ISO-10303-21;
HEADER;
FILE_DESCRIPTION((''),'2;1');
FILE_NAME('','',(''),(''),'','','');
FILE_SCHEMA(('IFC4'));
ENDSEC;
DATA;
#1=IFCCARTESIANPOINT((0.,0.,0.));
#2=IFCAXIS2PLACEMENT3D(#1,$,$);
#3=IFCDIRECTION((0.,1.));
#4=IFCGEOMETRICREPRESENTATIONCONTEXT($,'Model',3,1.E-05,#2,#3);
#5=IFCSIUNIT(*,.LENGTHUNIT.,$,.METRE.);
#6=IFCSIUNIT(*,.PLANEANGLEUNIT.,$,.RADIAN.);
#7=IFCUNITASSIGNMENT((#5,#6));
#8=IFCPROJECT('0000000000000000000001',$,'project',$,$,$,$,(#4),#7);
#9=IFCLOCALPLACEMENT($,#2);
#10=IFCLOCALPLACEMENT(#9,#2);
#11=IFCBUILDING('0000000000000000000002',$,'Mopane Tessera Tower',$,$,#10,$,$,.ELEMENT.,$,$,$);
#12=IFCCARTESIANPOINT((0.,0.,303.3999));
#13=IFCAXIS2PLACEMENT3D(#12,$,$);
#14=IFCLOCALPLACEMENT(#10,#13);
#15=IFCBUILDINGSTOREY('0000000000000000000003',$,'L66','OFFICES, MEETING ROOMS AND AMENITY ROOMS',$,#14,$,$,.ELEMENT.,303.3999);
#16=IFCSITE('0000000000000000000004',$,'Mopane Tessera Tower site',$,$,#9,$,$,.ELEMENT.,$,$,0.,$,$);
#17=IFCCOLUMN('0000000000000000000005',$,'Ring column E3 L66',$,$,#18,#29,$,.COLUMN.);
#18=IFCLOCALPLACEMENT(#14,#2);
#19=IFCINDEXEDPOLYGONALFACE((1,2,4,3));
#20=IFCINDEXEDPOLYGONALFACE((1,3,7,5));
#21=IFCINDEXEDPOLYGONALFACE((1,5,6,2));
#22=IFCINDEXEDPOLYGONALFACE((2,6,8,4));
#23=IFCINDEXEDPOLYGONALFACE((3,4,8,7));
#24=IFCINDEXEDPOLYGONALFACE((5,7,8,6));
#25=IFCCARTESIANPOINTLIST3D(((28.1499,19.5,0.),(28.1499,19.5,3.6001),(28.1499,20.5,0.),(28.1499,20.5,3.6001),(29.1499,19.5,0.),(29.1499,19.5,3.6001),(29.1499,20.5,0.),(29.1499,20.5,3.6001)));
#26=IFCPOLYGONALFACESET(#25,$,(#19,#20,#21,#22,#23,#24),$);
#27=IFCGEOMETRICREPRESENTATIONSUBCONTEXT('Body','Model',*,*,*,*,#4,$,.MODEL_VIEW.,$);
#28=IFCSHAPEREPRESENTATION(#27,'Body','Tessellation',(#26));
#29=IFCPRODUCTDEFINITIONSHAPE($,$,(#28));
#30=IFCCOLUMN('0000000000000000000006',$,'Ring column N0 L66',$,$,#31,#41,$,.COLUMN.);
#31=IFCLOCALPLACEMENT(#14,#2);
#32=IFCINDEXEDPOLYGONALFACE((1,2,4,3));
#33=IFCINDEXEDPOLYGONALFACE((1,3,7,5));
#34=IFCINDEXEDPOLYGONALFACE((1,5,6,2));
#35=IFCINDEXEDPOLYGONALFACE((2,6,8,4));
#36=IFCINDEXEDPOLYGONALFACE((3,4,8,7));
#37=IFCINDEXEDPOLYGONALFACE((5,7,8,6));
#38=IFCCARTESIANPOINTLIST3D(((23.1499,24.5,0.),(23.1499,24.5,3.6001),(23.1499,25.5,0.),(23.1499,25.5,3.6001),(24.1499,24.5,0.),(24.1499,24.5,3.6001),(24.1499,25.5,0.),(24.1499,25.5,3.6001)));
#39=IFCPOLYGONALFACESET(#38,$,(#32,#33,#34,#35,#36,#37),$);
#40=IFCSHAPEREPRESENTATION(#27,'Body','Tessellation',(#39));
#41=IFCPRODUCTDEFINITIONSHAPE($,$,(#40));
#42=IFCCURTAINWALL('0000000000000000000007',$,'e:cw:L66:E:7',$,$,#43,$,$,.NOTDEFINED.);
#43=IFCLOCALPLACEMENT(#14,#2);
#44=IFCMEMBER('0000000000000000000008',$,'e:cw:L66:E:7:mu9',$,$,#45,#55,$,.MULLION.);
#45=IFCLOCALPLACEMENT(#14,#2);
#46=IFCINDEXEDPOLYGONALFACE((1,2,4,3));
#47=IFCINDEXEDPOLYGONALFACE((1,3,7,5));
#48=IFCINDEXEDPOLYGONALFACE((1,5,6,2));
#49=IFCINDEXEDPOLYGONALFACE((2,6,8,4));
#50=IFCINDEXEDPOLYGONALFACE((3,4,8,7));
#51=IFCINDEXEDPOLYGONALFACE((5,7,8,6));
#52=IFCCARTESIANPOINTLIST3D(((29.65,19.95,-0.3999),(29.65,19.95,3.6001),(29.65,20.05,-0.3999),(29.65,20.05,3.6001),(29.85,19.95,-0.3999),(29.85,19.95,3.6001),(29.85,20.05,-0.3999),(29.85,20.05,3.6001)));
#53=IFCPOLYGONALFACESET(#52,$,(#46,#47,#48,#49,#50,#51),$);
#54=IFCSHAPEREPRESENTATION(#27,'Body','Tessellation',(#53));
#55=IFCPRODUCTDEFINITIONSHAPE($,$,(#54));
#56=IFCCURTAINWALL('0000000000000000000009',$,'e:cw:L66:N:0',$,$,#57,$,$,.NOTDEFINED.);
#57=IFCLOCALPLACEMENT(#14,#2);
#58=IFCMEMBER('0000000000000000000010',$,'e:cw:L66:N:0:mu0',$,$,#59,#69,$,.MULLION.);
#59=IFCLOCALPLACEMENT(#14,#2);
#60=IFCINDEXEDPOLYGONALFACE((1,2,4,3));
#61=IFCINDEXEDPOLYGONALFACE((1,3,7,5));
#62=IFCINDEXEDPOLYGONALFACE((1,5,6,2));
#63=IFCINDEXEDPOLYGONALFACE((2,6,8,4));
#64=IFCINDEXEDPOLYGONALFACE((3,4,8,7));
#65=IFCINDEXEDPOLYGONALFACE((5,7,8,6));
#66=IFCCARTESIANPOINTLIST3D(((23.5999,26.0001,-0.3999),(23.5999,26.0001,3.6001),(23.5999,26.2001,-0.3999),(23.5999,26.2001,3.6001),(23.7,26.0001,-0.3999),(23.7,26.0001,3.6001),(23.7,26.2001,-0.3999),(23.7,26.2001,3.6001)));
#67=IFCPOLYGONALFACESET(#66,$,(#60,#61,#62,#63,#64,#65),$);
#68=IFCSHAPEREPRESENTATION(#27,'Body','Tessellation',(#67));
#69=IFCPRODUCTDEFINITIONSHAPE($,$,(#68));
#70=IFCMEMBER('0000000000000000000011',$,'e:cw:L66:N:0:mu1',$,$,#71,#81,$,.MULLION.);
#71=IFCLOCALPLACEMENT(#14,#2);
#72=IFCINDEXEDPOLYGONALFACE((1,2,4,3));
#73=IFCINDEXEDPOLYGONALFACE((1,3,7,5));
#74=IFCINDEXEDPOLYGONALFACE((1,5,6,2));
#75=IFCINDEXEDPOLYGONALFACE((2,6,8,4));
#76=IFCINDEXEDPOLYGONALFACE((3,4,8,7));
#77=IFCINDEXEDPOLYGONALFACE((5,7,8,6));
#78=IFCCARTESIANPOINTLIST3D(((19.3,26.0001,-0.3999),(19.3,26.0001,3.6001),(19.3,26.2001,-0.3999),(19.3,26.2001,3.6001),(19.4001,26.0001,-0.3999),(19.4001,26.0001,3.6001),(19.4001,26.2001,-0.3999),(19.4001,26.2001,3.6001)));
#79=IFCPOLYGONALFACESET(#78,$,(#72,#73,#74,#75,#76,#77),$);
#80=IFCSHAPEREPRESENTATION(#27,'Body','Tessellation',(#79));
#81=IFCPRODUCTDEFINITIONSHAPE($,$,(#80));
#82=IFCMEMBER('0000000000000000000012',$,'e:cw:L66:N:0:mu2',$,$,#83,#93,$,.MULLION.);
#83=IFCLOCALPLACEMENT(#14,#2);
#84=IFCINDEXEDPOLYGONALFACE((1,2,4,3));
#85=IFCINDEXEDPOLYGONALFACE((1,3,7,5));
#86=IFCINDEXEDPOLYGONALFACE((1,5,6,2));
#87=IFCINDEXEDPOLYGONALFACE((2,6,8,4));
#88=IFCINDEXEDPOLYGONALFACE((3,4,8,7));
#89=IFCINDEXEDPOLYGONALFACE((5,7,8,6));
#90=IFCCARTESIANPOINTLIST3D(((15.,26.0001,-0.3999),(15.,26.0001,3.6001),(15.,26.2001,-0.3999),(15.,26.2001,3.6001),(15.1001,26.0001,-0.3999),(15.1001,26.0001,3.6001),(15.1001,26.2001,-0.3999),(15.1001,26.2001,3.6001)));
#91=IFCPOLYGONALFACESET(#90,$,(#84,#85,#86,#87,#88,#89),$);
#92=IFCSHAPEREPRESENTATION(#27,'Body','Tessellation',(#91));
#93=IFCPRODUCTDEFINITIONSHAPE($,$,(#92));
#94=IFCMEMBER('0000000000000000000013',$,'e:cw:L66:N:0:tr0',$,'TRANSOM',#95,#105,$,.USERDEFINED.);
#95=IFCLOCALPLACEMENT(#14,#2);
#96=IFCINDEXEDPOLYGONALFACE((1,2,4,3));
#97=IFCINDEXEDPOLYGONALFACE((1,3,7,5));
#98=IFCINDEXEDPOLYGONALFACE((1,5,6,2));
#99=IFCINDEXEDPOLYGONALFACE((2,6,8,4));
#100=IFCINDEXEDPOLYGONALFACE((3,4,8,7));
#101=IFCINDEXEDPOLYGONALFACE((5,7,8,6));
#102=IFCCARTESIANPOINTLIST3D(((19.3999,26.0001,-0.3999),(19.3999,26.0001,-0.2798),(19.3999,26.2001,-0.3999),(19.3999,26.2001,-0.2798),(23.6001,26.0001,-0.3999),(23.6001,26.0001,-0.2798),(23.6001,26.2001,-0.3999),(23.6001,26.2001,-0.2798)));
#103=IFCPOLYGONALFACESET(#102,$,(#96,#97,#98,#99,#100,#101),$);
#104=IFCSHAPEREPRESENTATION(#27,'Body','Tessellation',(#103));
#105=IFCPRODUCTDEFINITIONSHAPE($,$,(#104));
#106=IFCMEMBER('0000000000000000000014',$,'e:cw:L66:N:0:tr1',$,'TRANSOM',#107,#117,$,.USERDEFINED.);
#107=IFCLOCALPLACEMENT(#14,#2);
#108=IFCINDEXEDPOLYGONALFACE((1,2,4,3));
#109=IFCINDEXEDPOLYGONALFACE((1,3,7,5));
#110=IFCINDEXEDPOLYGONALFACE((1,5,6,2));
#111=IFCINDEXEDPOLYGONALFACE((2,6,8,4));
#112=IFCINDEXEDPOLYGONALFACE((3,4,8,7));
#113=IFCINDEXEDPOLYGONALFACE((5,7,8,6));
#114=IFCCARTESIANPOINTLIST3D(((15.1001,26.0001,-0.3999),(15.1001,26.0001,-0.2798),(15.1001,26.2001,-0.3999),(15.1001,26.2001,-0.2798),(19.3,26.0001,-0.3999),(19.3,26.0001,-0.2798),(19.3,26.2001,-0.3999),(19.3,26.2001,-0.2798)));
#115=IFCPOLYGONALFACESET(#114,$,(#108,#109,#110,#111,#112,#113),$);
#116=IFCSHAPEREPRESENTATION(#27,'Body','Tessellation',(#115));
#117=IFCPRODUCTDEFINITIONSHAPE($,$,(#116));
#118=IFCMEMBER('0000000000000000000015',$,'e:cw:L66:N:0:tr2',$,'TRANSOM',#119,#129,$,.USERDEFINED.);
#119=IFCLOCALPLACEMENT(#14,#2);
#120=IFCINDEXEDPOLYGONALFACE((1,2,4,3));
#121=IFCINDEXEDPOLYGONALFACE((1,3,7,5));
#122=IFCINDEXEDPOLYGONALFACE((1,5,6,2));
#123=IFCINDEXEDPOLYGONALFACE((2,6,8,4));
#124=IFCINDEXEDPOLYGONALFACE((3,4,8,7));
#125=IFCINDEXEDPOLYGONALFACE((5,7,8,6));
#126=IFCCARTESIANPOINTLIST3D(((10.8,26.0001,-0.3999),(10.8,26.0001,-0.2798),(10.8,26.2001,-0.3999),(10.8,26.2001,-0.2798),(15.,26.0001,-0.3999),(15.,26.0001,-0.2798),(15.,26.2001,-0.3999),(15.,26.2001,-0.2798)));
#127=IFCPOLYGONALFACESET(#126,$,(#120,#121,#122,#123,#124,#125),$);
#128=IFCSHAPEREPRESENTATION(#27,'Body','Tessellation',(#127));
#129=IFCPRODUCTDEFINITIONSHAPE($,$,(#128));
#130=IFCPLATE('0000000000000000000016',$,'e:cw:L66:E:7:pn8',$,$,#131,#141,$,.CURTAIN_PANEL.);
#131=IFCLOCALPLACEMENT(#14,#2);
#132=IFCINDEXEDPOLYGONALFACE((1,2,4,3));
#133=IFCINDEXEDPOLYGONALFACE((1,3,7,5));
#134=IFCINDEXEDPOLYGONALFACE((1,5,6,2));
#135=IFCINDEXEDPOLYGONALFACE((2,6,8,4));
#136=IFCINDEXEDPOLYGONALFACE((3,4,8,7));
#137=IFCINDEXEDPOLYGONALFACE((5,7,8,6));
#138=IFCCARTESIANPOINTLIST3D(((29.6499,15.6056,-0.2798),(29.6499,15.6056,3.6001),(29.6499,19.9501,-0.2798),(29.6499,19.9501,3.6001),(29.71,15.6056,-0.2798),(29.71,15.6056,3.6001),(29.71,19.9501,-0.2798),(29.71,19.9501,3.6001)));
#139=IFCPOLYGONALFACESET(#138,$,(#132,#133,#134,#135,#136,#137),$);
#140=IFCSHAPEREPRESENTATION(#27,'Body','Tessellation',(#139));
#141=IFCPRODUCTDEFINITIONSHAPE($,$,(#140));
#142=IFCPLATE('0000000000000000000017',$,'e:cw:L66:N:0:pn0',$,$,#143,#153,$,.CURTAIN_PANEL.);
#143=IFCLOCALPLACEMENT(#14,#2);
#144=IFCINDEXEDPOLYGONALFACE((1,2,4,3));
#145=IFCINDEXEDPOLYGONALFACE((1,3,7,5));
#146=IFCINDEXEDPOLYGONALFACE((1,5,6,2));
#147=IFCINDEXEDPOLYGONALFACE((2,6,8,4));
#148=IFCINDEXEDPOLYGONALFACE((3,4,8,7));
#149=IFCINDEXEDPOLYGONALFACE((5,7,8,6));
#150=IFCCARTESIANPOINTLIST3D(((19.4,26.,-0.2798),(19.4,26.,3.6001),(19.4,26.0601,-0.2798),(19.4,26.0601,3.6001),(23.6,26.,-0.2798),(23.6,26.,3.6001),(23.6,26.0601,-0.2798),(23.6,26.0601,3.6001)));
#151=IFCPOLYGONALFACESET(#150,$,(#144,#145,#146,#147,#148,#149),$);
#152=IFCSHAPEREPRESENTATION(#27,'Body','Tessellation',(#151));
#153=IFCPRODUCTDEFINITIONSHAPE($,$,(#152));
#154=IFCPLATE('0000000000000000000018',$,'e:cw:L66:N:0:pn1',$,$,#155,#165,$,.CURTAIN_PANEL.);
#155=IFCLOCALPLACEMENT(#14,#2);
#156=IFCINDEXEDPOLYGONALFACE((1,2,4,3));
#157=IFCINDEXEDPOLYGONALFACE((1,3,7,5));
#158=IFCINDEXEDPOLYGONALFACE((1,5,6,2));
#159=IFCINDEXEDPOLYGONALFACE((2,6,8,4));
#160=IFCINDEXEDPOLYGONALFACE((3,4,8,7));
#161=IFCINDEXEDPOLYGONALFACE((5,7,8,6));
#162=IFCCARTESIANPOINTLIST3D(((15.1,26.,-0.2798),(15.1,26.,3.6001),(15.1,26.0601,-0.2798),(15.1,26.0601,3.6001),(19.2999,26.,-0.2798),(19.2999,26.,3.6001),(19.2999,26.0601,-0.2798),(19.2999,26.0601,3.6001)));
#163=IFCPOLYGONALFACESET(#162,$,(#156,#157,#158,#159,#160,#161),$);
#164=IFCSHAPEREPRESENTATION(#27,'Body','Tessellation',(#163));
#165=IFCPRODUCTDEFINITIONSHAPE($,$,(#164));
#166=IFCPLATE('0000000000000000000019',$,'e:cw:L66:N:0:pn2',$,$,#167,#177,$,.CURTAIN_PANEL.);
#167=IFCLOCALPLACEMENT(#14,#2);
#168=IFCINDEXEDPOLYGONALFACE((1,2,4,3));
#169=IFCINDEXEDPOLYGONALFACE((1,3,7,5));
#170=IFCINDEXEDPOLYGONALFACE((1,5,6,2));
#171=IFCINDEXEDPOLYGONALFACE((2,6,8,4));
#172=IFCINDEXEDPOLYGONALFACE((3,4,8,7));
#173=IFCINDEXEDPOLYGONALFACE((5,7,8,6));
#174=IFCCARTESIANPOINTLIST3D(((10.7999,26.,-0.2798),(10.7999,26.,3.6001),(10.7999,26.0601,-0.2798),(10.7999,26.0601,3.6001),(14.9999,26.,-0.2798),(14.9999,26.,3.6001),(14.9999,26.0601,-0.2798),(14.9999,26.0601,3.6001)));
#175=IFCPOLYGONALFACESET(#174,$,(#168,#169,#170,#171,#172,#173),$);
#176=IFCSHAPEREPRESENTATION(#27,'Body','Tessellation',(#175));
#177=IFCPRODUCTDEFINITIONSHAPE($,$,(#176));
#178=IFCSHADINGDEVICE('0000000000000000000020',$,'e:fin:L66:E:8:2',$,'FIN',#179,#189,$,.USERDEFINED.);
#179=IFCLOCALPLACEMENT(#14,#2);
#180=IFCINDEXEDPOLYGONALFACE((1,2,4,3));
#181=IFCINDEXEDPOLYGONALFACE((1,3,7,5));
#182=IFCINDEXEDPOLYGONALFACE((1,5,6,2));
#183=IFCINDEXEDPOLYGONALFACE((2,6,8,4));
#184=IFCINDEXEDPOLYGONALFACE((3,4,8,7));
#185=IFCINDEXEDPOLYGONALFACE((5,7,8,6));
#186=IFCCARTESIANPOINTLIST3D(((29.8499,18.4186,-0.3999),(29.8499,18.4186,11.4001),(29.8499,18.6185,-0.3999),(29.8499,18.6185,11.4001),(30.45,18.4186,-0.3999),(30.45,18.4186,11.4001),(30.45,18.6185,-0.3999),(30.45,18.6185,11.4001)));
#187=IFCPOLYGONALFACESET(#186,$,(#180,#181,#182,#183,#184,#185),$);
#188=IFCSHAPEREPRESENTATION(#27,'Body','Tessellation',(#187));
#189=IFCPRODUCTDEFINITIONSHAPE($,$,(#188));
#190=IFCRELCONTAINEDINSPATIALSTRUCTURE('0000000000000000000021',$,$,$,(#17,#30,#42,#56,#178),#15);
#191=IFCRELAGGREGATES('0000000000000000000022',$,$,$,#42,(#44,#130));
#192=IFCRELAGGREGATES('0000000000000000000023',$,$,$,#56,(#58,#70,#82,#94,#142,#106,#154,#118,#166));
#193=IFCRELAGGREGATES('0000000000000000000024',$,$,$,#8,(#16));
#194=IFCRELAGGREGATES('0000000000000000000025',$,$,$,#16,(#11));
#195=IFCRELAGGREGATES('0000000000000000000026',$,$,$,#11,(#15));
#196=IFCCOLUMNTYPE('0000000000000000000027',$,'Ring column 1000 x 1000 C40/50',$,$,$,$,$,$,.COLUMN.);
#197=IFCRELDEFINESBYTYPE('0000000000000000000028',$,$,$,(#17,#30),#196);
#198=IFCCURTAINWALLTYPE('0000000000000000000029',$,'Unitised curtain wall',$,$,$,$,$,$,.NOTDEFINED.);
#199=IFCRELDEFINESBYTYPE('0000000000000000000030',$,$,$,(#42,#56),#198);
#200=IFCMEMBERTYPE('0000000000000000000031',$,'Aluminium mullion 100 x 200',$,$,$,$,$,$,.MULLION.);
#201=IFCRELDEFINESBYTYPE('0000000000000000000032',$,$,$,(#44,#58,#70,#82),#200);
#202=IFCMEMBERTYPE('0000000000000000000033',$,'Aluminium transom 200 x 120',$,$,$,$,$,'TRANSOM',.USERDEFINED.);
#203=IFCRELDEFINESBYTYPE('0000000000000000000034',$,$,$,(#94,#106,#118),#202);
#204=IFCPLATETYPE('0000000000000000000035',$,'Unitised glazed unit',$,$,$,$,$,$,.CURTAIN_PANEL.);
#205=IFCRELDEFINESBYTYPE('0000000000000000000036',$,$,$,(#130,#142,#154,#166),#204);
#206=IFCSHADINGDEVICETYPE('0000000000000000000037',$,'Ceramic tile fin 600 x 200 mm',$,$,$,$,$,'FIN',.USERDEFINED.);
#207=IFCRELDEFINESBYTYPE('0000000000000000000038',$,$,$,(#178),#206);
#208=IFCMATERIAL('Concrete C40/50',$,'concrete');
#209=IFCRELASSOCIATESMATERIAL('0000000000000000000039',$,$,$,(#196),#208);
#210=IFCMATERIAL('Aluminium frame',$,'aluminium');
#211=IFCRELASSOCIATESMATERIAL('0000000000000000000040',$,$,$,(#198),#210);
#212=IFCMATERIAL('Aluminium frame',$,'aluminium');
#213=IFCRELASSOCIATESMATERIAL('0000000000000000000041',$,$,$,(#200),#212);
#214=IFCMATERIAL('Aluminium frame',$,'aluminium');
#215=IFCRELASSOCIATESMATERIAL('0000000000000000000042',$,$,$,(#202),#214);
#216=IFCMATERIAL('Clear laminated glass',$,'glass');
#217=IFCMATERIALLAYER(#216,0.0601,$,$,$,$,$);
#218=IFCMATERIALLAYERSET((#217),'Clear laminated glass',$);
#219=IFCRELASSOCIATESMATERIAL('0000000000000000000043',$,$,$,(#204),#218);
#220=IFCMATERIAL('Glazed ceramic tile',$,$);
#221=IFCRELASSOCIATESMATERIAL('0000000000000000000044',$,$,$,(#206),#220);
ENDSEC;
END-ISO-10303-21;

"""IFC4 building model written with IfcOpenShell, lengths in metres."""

from ifc_helpers import new_model, si_unit, direction, frame, origin, origin_2d, place, context, subcontext, project, spatial, rectangle, extrude, material, layer, layer_set, material_profile, profile_set, type_object, element, aggregate, save


model = new_model("IFC4")

# Units and contexts
model_context = context("Model", 3, precision=1e-05, world=origin(), true_north=direction((0.0, 1.0)))
body_context = subcontext(model_context, "Body", "Model", "MODEL_VIEW")
ifc_project = project(units=[si_unit("LENGTHUNIT", "METRE"), si_unit("PLANEANGLEUNIT", "RADIAN")], contexts=[model_context])

# Site, building, storey
site_placement = place(None, origin())
site = spatial("IfcSite", under=ifc_project, at=site_placement, Name="Mopane Tessera Tower site", CompositionType="ELEMENT", RefElevation=0.0)
building_placement = place(site_placement, origin())
building = spatial("IfcBuilding", under=site, at=building_placement, Name="Mopane Tessera Tower", CompositionType="ELEMENT")
storey_placement = place(building_placement, frame((0.0, 0.0, 303.3999)))
storey = spatial("IfcBuildingStorey", under=building, at=storey_placement, Name="L66", Description="OFFICES, MEETING ROOMS AND AMENITY ROOMS", CompositionType="ELEMENT", Elevation=303.3999)

# Columns
ifc_material_1 = material(Name="Concrete C40/50", Category="concrete")
ifc_material_profile_1 = material_profile(ifc_material_1, rectangle(XDim=1.0, YDim=1.0, at=origin_2d()))
ifc_profile_set_1 = profile_set([ifc_material_profile_1], Name="Concrete C40/50")
column_type = type_object("IfcColumnType", Name="Ring column 1000 x 1000 C40/50", PredefinedType="COLUMN", material=ifc_profile_set_1)
for number, where, z_axis, x_axis, name in (
    (1, (28.6499, 20.0, 0.0), (0.0, 0.0, 1.0), (1.0, 0.0, 0.0), "Ring column E3 L66"),
    (2, (23.6499, 25.0, 0.0), (0.0, 0.0, 1.0), (1.0, 0.0, 0.0), "Ring column N0 L66"),
):
    element("IfcColumn", number, at=place(storey_placement, frame(where, z_axis=z_axis, x_axis=x_axis)), inside=storey, type_object=column_type, Name=name, PredefinedType="COLUMN", context=body_context, shape_type="SweptSolid", body=[
        extrude(rectangle(XDim=1.0, YDim=1.0, at=origin_2d()), origin(), (0.0, 0.0, 1.0), 3.6001),
    ])

# Curtain wall, member
ifc_material_2 = material(Name="Aluminium frame", Category="aluminium")
curtain_wall_type = type_object("IfcCurtainWallType", Name="Unitised curtain wall", PredefinedType="NOTDEFINED", material=ifc_material_2)
curtain_wall_1_placement = place(storey_placement, origin())
curtain_wall_1 = element("IfcCurtainWall", 3, at=curtain_wall_1_placement, inside=storey, type_object=curtain_wall_type, Name="e:cw:L66:E:7", PredefinedType="NOTDEFINED")
ifc_material_3 = material(Name="Aluminium frame", Category="aluminium")
ifc_material_profile_2 = material_profile(ifc_material_3, rectangle(XDim=0.1001, YDim=0.2, at=origin_2d()))
ifc_profile_set_2 = profile_set([ifc_material_profile_2], Name="Aluminium frame")
member_type_1 = type_object("IfcMemberType", Name="Aluminium mullion 100 x 200", PredefinedType="MULLION", material=ifc_profile_set_2)
member_1_placement = place(storey_placement, frame((29.75, 20.0, -0.3999), z_axis=(0.0, 0.0, 1.0), x_axis=(0.0, 1.0, 0.0)))
member_1 = element("IfcMember", 4, at=member_1_placement, type_object=member_type_1, Name="e:cw:L66:E:7:mu9", PredefinedType="MULLION", context=body_context, shape_type="SweptSolid", body=[
    extrude(rectangle(XDim=0.1001, YDim=0.2, at=origin_2d()), origin(), (0.0, 0.0, 1.0), 4.0),
])

# Curtain wall, members
curtain_wall_2_placement = place(storey_placement, origin())
curtain_wall_2 = element("IfcCurtainWall", 5, at=curtain_wall_2_placement, inside=storey, type_object=curtain_wall_type, Name="e:cw:L66:N:0", PredefinedType="NOTDEFINED")
member_2_placement = place(storey_placement, frame((23.6499, 26.1001, -0.3999), z_axis=(0.0, 0.0, 1.0), x_axis=(-1.0, 0.0, 0.0)))
member_2 = element("IfcMember", 6, at=member_2_placement, type_object=member_type_1, Name="e:cw:L66:N:0:mu0", PredefinedType="MULLION", context=body_context, shape_type="SweptSolid", body=[
    extrude(rectangle(XDim=0.1001, YDim=0.2, at=origin_2d()), origin(), (0.0, 0.0, 1.0), 4.0),
])
member_3_placement = place(storey_placement, frame((19.3501, 26.1001, -0.3999), z_axis=(0.0, 0.0, 1.0), x_axis=(-1.0, 0.0, 0.0)))
member_3 = element("IfcMember", 7, at=member_3_placement, type_object=member_type_1, Name="e:cw:L66:N:0:mu1", PredefinedType="MULLION", context=body_context, shape_type="SweptSolid", body=[
    extrude(rectangle(XDim=0.1001, YDim=0.2, at=origin_2d()), origin(), (0.0, 0.0, 1.0), 4.0),
])
member_4_placement = place(storey_placement, frame((15.05, 26.1001, -0.3999), z_axis=(0.0, 0.0, 1.0), x_axis=(-1.0, 0.0, 0.0)))
member_4 = element("IfcMember", 8, at=member_4_placement, type_object=member_type_1, Name="e:cw:L66:N:0:mu2", PredefinedType="MULLION", context=body_context, shape_type="SweptSolid", body=[
    extrude(rectangle(XDim=0.1001, YDim=0.2, at=origin_2d()), origin(), (0.0, 0.0, 1.0), 4.0),
])
ifc_material_4 = material(Name="Aluminium frame", Category="aluminium")
ifc_material_profile_3 = material_profile(ifc_material_4, rectangle(XDim=0.2, YDim=0.1201, at=origin_2d()))
ifc_profile_set_3 = profile_set([ifc_material_profile_3], Name="Aluminium frame")
member_type_2 = type_object("IfcMemberType", Name="Aluminium transom 200 x 120", ElementType="TRANSOM", PredefinedType="USERDEFINED", material=ifc_profile_set_3)
member_5_placement = place(storey_placement, frame((23.6001, 26.1001, -0.3398), z_axis=(-1.0, 0.0, 0.0), x_axis=(0.0, -1.0, 0.0)))
member_5 = element("IfcMember", 9, at=member_5_placement, type_object=member_type_2, Name="e:cw:L66:N:0:tr0", ObjectType="TRANSOM", PredefinedType="USERDEFINED", context=body_context, shape_type="SweptSolid", body=[
    extrude(rectangle(XDim=0.2, YDim=0.1201, at=origin_2d()), origin(), (0.0, 0.0, 1.0), 4.2002),
])
member_6_placement = place(storey_placement, frame((19.3, 26.1001, -0.3398), z_axis=(-1.0, 0.0, 0.0), x_axis=(0.0, -1.0, 0.0)))
member_6 = element("IfcMember", 10, at=member_6_placement, type_object=member_type_2, Name="e:cw:L66:N:0:tr1", ObjectType="TRANSOM", PredefinedType="USERDEFINED", context=body_context, shape_type="SweptSolid", body=[
    extrude(rectangle(XDim=0.2, YDim=0.1201, at=origin_2d()), origin(), (0.0, 0.0, 1.0), 4.2),
])
member_7_placement = place(storey_placement, frame((15.0, 26.1001, -0.3398), z_axis=(-1.0, 0.0, 0.0), x_axis=(0.0, -1.0, 0.0)))
member_7 = element("IfcMember", 11, at=member_7_placement, type_object=member_type_2, Name="e:cw:L66:N:0:tr2", ObjectType="TRANSOM", PredefinedType="USERDEFINED", context=body_context, shape_type="SweptSolid", body=[
    extrude(rectangle(XDim=0.2, YDim=0.1201, at=origin_2d()), origin(), (0.0, 0.0, 1.0), 4.2),
])

# Plates
ifc_material_5 = material(Name="Clear laminated glass", Category="glass")
ifc_layer = layer(ifc_material_5, 0.0601)
ifc_layer_set = layer_set([ifc_layer], Name="Clear laminated glass")
plate_type = type_object("IfcPlateType", Name="Unitised glazed unit", PredefinedType="CURTAIN_PANEL", material=ifc_layer_set)
plate_1_placement = place(storey_placement, frame((29.6799, 17.7778, -0.2798), z_axis=(0.0, 0.0, 1.0), x_axis=(0.0, 1.0, 0.0)))
plate_1 = element("IfcPlate", 12, at=plate_1_placement, type_object=plate_type, Name="e:cw:L66:E:7:pn8", PredefinedType="CURTAIN_PANEL", context=body_context, shape_type="SweptSolid", body=[
    extrude(rectangle(XDim=4.3445, YDim=0.0601, at=origin_2d()), origin(), (0.0, 0.0, 1.0), 3.8799),
])
aggregate(curtain_wall_1, [member_1, plate_1])
plate_2_placement = place(storey_placement, frame((21.5, 26.03, -0.2798), z_axis=(0.0, 0.0, 1.0), x_axis=(-1.0, 0.0, 0.0)))
plate_2 = element("IfcPlate", 13, at=plate_2_placement, type_object=plate_type, Name="e:cw:L66:N:0:pn0", PredefinedType="CURTAIN_PANEL", context=body_context, shape_type="SweptSolid", body=[
    extrude(rectangle(XDim=4.2, YDim=0.0601, at=origin_2d()), origin(), (0.0, 0.0, 1.0), 3.8799),
])
plate_3_placement = place(storey_placement, frame((17.2, 26.03, -0.2798), z_axis=(0.0, 0.0, 1.0), x_axis=(-1.0, 0.0, 0.0)))
plate_3 = element("IfcPlate", 14, at=plate_3_placement, type_object=plate_type, Name="e:cw:L66:N:0:pn1", PredefinedType="CURTAIN_PANEL", context=body_context, shape_type="SweptSolid", body=[
    extrude(rectangle(XDim=4.2, YDim=0.0601, at=origin_2d()), origin(), (0.0, 0.0, 1.0), 3.8799),
])
plate_4_placement = place(storey_placement, frame((12.8999, 26.03, -0.2798), z_axis=(0.0, 0.0, 1.0), x_axis=(-1.0, 0.0, 0.0)))
plate_4 = element("IfcPlate", 15, at=plate_4_placement, type_object=plate_type, Name="e:cw:L66:N:0:pn2", PredefinedType="CURTAIN_PANEL", context=body_context, shape_type="SweptSolid", body=[
    extrude(rectangle(XDim=4.2, YDim=0.0601, at=origin_2d()), origin(), (0.0, 0.0, 1.0), 3.8799),
])
aggregate(curtain_wall_2, [member_2, member_3, member_4, member_5, plate_2, member_6, plate_3, member_7, plate_4])

# Shading device
ifc_material_6 = material(Name="Glazed ceramic tile")
shading_device_type = type_object("IfcShadingDeviceType", Name="Ceramic tile fin 600 x 200 mm", ElementType="FIN", PredefinedType="USERDEFINED", material=ifc_material_6)
for number, where, z_axis, x_axis, name in (
    (16, (30.1499, 18.5186, -0.3999), (0.0, 0.0, 1.0), (0.0, 1.0, 0.0), "e:fin:L66:E:8:2"),
):
    element("IfcShadingDevice", number, at=place(storey_placement, frame(where, z_axis=z_axis, x_axis=x_axis)), inside=storey, type_object=shading_device_type, Name=name, ObjectType="FIN", PredefinedType="USERDEFINED", context=body_context, shape_type="SweptSolid", body=[
        extrude(rectangle(XDim=0.2, YDim=0.6001, at=origin_2d()), origin(), (0.0, 0.0, 1.0), 11.8),
    ])

save(model, "model.ifc")
